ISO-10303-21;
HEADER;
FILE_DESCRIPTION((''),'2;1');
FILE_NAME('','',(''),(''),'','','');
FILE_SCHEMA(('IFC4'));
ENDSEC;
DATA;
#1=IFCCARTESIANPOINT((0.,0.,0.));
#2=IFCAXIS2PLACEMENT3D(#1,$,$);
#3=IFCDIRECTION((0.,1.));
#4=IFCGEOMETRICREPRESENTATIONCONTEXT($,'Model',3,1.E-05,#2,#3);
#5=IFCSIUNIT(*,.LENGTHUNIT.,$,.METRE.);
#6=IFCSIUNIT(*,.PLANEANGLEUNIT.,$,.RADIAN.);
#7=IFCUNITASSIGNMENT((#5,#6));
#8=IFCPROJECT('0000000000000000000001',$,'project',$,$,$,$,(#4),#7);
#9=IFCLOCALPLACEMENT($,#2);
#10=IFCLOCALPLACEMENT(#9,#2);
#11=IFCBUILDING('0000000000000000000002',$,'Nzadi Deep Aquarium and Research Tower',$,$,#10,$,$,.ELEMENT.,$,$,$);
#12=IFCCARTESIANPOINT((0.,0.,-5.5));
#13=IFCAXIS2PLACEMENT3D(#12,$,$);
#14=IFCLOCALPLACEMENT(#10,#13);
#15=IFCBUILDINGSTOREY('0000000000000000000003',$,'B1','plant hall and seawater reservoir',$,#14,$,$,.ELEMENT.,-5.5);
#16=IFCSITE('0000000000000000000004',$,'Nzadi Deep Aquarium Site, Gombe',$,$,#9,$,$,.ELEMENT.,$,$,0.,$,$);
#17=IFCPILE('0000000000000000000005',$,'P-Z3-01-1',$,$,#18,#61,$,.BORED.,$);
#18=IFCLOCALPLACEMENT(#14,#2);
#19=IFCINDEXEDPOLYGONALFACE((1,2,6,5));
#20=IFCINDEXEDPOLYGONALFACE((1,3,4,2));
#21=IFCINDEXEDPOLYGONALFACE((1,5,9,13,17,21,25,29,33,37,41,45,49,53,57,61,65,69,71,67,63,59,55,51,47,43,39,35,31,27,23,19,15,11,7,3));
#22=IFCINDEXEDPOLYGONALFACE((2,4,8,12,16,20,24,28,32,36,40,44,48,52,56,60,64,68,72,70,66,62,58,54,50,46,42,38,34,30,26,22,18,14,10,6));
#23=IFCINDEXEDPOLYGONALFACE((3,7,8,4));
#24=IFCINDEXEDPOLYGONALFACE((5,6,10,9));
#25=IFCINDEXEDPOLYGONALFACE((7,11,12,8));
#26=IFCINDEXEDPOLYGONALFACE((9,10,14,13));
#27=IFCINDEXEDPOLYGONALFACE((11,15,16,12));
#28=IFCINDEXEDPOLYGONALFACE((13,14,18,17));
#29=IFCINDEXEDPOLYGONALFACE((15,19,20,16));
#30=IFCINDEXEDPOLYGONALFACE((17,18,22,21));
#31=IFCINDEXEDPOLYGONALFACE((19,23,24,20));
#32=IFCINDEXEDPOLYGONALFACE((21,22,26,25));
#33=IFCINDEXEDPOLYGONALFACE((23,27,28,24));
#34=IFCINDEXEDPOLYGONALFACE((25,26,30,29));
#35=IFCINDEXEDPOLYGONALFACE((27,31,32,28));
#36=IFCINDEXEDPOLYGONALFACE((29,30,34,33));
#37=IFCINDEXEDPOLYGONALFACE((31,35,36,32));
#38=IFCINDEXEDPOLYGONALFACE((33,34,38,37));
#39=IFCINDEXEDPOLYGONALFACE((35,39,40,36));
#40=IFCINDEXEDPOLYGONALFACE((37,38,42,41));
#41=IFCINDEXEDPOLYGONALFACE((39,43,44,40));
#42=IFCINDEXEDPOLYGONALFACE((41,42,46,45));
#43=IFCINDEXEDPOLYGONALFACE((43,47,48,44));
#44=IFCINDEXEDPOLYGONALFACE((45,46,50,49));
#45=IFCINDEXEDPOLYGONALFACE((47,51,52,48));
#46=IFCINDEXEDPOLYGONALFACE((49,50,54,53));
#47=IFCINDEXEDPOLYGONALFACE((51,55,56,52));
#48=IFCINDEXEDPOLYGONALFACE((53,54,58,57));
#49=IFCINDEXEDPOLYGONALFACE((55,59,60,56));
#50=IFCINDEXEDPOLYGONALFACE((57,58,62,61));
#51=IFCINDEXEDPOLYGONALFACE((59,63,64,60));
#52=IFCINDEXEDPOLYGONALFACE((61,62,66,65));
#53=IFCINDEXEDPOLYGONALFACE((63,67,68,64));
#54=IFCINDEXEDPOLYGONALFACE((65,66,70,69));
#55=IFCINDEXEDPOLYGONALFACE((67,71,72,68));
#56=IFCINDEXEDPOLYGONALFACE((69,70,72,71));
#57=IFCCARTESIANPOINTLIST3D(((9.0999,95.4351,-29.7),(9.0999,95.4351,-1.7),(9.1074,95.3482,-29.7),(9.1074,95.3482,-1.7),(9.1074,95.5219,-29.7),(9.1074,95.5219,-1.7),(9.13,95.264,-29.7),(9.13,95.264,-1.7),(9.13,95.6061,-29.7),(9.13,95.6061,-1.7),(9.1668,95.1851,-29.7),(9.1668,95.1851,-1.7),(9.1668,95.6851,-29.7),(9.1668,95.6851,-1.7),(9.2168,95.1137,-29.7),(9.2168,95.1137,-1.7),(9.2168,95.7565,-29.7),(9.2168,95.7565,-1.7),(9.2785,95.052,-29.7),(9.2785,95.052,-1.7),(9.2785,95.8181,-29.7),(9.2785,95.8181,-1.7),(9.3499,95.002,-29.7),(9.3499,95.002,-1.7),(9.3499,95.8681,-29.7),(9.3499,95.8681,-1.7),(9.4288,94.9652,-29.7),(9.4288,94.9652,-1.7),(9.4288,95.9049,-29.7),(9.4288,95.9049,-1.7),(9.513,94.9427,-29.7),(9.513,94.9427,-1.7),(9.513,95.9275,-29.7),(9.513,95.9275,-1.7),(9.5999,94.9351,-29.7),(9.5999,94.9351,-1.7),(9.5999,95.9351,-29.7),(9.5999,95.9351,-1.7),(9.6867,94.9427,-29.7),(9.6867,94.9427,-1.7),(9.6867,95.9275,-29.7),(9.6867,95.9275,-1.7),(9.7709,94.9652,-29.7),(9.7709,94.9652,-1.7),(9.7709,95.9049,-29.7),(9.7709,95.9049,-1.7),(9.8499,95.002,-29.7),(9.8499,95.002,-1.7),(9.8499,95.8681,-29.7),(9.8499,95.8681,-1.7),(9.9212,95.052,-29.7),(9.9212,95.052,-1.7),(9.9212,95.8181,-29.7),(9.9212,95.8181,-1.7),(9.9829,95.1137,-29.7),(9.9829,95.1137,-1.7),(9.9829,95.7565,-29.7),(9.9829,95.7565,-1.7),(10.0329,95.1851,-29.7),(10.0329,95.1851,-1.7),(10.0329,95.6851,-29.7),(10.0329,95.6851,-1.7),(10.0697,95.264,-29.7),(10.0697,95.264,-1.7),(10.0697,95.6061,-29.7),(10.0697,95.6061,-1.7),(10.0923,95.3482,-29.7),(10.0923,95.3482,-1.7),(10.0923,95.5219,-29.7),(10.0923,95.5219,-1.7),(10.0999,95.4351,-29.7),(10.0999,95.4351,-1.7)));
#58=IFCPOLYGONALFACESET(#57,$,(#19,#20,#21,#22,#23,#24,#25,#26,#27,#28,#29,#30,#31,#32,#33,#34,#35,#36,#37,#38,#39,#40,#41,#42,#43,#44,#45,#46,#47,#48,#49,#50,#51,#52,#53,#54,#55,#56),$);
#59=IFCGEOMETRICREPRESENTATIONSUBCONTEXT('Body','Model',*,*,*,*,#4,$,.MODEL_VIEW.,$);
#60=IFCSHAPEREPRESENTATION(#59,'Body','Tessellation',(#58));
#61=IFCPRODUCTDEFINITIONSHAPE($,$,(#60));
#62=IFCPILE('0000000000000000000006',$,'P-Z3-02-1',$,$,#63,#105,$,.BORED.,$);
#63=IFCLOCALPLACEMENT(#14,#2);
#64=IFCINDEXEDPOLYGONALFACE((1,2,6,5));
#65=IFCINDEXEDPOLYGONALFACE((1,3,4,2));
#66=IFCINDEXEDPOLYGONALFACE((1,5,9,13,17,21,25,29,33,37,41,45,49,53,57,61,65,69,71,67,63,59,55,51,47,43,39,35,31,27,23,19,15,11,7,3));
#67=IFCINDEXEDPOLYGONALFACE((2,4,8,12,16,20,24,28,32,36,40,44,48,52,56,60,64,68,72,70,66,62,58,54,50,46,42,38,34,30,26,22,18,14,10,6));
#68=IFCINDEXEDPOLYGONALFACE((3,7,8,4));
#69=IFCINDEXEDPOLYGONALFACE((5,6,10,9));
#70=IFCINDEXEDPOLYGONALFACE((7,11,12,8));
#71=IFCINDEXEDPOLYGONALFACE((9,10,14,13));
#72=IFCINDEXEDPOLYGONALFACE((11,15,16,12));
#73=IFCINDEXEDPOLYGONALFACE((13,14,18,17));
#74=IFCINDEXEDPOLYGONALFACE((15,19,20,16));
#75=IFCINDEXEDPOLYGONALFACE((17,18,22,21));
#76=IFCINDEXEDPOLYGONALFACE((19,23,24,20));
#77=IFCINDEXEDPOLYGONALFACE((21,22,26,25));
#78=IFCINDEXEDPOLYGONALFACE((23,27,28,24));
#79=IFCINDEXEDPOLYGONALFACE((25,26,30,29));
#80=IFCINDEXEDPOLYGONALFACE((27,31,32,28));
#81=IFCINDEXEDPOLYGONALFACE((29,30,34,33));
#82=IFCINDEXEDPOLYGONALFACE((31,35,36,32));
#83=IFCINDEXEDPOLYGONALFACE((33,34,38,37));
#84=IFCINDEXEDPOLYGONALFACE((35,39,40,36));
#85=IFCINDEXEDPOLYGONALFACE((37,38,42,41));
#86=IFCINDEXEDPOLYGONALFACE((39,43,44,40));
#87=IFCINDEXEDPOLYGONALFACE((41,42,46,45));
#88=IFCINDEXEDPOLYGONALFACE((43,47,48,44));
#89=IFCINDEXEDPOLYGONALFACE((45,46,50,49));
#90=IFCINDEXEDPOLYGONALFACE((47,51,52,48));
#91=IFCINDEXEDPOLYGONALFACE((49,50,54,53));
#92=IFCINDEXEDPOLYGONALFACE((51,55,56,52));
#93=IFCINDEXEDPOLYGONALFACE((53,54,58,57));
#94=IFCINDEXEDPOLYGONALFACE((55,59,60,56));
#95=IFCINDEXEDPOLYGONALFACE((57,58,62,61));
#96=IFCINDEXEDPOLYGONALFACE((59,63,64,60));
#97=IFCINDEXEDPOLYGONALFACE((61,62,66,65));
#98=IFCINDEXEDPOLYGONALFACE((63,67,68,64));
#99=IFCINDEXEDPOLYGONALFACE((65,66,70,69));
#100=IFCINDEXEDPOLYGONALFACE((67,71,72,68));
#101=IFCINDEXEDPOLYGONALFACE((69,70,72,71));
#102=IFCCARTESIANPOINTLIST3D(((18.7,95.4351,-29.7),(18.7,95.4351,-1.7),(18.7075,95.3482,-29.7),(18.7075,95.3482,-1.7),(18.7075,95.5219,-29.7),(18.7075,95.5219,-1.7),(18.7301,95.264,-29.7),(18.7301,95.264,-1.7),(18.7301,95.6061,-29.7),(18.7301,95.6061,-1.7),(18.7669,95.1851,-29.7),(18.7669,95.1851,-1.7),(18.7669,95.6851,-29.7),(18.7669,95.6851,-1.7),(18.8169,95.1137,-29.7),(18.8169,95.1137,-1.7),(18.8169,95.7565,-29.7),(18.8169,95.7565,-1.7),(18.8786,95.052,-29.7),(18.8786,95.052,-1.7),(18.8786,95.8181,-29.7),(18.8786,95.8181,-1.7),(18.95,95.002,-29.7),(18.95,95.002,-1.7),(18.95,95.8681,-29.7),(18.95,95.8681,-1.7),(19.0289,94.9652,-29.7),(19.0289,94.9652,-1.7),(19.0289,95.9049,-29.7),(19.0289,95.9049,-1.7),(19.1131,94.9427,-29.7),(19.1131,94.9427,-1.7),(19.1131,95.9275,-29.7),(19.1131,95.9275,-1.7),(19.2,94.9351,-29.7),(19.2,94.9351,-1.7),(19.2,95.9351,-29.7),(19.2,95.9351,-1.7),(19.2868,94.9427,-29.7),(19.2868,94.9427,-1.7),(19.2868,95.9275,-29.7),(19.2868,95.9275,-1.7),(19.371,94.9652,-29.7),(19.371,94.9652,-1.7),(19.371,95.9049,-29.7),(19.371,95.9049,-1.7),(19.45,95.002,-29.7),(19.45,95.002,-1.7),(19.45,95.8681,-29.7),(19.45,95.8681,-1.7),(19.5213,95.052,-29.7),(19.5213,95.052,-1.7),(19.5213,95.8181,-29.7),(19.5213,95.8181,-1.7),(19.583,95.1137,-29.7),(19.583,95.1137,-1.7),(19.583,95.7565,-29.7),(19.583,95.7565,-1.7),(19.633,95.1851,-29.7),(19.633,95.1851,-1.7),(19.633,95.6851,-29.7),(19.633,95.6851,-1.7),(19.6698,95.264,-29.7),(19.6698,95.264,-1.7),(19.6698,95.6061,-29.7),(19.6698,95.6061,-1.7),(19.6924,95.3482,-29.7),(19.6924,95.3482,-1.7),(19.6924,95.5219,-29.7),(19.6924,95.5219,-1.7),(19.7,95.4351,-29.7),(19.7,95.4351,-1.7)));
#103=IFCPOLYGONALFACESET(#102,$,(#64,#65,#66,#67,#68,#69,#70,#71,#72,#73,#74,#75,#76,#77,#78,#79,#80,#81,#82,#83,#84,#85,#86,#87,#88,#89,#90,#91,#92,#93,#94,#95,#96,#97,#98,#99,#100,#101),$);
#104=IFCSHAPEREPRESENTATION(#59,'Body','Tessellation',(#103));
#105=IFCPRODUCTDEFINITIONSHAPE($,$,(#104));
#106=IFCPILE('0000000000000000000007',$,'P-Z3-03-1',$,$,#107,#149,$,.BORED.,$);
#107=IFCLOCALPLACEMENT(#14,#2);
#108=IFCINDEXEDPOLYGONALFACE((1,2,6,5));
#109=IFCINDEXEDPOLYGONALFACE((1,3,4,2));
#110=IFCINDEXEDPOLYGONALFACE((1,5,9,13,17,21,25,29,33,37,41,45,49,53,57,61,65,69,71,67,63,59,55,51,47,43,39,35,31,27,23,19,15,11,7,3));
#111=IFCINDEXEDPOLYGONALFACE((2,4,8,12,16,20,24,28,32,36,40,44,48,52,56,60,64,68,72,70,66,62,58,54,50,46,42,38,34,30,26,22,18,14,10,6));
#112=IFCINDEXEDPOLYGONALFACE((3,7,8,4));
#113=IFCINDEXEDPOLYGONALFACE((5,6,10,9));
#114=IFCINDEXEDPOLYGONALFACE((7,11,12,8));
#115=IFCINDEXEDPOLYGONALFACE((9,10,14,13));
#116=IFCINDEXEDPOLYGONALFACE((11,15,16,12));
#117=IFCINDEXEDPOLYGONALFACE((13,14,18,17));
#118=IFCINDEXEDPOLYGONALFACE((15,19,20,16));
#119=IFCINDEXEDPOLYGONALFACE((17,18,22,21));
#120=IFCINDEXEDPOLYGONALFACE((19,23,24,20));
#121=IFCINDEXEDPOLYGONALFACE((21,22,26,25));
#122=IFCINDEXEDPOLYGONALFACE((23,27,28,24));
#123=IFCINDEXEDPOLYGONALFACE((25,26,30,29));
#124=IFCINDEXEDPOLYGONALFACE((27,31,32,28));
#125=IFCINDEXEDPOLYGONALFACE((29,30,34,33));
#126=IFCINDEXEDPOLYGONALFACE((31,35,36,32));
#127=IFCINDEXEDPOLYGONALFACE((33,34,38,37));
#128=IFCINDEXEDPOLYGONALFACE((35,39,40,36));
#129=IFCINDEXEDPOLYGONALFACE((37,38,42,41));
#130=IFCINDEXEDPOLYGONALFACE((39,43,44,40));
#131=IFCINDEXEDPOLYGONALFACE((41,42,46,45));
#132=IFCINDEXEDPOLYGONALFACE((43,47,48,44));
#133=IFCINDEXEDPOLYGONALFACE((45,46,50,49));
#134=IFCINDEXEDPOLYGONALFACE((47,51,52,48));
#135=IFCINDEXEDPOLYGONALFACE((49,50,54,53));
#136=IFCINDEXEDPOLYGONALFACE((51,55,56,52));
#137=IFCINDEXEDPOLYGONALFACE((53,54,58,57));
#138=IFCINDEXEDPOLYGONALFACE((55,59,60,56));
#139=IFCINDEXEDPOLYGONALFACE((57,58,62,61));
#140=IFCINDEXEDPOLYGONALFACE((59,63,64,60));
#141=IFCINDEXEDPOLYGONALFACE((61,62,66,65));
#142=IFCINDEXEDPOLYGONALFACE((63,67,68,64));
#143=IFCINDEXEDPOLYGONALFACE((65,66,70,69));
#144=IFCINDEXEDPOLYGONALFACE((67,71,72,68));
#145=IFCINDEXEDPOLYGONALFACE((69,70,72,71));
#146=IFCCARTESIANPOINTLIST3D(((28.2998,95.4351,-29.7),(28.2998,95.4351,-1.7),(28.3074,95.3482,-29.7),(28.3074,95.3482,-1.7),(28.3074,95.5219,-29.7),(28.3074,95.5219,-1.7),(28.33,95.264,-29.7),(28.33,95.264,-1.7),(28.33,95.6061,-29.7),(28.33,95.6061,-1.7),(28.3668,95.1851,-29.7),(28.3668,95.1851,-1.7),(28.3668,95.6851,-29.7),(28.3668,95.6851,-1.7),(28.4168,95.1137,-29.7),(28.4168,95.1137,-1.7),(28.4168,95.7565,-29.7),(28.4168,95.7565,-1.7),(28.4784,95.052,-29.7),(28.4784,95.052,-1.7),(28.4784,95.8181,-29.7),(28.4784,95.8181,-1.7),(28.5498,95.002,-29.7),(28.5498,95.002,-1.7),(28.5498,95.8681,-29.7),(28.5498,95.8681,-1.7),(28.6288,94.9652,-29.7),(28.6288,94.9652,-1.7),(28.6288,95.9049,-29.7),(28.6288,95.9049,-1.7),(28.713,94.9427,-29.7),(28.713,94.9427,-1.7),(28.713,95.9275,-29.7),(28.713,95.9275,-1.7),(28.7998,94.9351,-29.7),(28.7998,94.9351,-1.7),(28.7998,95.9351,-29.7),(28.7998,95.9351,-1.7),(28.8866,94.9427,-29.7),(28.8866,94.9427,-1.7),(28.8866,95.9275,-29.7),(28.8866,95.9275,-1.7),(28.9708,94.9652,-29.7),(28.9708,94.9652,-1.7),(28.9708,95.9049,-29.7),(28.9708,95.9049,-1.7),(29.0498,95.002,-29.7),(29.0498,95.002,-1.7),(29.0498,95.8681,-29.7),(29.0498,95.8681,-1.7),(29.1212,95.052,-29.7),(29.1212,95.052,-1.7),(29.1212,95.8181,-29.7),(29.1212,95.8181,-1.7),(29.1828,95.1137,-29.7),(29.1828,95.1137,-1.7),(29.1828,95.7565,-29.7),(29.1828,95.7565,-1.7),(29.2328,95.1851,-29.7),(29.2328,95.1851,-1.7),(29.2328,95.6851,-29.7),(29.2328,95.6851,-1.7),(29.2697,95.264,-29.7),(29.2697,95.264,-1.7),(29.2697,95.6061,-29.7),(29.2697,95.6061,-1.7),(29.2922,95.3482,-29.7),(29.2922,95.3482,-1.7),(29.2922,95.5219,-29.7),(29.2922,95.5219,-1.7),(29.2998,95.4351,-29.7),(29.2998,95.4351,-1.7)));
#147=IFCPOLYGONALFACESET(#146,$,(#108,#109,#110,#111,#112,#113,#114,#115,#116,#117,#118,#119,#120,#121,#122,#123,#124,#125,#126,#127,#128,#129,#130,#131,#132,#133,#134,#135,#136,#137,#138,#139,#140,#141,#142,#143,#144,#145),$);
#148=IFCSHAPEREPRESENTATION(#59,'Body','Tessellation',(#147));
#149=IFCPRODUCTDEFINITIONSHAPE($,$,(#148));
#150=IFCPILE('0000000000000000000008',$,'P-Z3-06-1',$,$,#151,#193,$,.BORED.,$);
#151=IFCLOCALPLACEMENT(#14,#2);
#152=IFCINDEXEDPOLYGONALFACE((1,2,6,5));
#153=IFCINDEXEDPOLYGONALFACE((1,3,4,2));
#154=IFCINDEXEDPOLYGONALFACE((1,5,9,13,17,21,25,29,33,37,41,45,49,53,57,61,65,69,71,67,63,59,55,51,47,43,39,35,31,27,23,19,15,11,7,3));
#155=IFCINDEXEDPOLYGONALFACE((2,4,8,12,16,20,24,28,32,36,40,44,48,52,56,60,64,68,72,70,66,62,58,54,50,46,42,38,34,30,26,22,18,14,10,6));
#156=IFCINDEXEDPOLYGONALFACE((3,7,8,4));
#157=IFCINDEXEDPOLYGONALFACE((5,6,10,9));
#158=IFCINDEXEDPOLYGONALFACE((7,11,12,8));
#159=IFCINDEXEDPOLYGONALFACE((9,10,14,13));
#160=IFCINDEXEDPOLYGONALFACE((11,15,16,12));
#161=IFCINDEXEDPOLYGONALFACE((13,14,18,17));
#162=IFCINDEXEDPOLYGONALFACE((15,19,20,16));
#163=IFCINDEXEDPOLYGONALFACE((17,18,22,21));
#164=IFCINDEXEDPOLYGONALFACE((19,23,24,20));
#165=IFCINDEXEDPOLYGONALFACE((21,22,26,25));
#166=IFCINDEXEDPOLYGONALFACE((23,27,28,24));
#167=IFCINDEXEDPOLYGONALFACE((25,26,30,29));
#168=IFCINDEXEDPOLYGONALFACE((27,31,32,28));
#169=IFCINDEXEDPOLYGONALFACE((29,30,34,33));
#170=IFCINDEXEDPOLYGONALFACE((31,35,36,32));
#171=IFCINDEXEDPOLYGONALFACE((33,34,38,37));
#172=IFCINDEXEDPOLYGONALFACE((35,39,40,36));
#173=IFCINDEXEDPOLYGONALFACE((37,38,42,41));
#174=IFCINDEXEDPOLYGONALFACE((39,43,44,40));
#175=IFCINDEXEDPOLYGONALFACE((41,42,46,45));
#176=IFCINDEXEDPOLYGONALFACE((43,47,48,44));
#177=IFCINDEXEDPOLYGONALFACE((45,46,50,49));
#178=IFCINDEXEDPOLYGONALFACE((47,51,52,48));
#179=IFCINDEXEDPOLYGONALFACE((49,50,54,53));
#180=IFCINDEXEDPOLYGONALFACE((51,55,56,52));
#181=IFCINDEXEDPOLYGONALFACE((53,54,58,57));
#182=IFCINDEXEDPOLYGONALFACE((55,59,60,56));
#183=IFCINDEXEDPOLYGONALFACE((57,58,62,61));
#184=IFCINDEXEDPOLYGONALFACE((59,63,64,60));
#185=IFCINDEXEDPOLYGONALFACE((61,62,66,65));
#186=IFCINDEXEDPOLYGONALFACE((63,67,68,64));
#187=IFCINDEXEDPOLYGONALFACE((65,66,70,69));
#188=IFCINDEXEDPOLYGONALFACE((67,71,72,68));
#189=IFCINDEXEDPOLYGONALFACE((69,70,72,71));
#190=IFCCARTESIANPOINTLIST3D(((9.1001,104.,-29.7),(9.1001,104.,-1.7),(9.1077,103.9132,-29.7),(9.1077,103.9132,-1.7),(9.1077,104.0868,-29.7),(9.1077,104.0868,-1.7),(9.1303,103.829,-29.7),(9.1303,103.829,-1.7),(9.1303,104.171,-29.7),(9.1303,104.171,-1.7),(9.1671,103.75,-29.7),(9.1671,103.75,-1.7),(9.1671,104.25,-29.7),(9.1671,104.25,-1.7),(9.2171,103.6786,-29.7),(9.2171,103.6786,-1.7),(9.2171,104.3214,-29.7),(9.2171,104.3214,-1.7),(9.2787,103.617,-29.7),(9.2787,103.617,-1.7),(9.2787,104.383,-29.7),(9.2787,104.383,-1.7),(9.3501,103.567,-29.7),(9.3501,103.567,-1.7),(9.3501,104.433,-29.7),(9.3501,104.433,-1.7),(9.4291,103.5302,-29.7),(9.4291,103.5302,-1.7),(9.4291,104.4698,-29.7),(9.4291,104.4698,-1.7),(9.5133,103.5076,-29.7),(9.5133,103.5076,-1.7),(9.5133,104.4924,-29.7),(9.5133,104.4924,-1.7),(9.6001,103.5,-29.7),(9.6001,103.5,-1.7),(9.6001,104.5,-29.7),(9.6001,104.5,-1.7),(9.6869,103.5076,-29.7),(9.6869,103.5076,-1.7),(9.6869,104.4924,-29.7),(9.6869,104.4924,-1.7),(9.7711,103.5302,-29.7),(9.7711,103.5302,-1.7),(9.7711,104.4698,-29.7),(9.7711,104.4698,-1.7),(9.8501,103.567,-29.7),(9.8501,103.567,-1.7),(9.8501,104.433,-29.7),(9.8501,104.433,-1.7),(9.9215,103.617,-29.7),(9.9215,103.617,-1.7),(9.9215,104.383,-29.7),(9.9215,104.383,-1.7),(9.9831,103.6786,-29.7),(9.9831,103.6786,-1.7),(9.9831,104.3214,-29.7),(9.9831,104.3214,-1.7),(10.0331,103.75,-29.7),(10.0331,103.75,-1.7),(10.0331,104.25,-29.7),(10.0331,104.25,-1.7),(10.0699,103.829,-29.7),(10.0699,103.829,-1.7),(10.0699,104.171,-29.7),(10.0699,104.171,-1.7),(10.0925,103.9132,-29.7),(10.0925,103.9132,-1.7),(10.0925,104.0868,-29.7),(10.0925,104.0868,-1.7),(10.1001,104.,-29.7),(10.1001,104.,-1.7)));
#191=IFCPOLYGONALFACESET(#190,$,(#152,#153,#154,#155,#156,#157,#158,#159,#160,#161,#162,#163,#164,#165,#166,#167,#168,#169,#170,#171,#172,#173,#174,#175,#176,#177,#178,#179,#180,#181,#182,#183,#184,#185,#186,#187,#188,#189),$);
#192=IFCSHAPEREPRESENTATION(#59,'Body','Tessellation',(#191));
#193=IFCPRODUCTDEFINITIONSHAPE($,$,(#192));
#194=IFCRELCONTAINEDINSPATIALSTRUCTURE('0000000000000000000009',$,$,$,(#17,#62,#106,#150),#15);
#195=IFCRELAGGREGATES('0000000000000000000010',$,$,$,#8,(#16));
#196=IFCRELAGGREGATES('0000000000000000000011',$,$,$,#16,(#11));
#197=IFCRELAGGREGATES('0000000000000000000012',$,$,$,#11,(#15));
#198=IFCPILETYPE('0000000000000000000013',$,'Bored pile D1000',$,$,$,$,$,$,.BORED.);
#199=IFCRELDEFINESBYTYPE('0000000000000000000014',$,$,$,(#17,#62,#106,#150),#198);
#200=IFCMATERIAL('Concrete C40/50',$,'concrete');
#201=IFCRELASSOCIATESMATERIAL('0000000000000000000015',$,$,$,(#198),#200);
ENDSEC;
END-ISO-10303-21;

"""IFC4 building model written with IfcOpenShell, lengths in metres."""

from ifc_helpers import new_model, si_unit, direction, frame, origin, origin_2d, place, context, subcontext, project, spatial, circle, extrude, material, material_profile, profile_set, type_object, element, save


model = new_model("IFC4")

# Units and contexts
model_context = context("Model", 3, precision=1e-05, world=origin(), true_north=direction((0.0, 1.0)))
body_context = subcontext(model_context, "Body", "Model", "MODEL_VIEW")
ifc_project = project(units=[si_unit("LENGTHUNIT", "METRE"), si_unit("PLANEANGLEUNIT", "RADIAN")], contexts=[model_context])

# Site, building, storey
site_placement = place(None, origin())
site = spatial("IfcSite", under=ifc_project, at=site_placement, Name="Nzadi Deep Aquarium Site, Gombe", CompositionType="ELEMENT", RefElevation=0.0)
building_placement = place(site_placement, origin())
building = spatial("IfcBuilding", under=site, at=building_placement, Name="Nzadi Deep Aquarium and Research Tower", CompositionType="ELEMENT")
storey_placement = place(building_placement, frame((0.0, 0.0, -5.5)))
storey = spatial("IfcBuildingStorey", under=building, at=storey_placement, Name="B1", Description="plant hall and seawater reservoir", CompositionType="ELEMENT", Elevation=-5.5)

# Piles
ifc_material_1 = material(Name="Concrete C40/50", Category="concrete")
ifc_material_profile_1 = material_profile(ifc_material_1, circle(Radius=0.5, at=origin_2d()))
ifc_profile_set_1 = profile_set([ifc_material_profile_1], Name="Concrete C40/50")
pile_type_1 = type_object("IfcPileType", Name="Bored pile D1000", PredefinedType="BORED", material=ifc_profile_set_1)
for number, where, z_axis, x_axis, name in (
    (1, (9.5999, 95.4351, -1.7), (0.0, 0.0, -1.0), (1.0, 0.0, 0.0), "P-Z3-01-1"),
    (2, (19.2, 95.4351, -1.7), (0.0, 0.0, -1.0), (1.0, 0.0, 0.0), "P-Z3-02-1"),
    (3, (28.7998, 95.4351, -1.7), (0.0, 0.0, -1.0), (1.0, 0.0, 0.0), "P-Z3-03-1"),
    (4, (9.6001, 104.0, -1.7), (0.0, 0.0, -1.0), (1.0, 0.0, 0.0), "P-Z3-06-1"),
):
    element("IfcPile", number, at=place(storey_placement, frame(where, z_axis=z_axis, x_axis=x_axis)), inside=storey, type_object=pile_type_1, Name=name, PredefinedType="BORED", context=body_context, shape_type="SweptSolid", body=[
        extrude(circle(Radius=0.5, at=origin_2d()), origin(), (0.0, 0.0, 1.0), 28.0),
    ])

save(model, "model.ifc")
